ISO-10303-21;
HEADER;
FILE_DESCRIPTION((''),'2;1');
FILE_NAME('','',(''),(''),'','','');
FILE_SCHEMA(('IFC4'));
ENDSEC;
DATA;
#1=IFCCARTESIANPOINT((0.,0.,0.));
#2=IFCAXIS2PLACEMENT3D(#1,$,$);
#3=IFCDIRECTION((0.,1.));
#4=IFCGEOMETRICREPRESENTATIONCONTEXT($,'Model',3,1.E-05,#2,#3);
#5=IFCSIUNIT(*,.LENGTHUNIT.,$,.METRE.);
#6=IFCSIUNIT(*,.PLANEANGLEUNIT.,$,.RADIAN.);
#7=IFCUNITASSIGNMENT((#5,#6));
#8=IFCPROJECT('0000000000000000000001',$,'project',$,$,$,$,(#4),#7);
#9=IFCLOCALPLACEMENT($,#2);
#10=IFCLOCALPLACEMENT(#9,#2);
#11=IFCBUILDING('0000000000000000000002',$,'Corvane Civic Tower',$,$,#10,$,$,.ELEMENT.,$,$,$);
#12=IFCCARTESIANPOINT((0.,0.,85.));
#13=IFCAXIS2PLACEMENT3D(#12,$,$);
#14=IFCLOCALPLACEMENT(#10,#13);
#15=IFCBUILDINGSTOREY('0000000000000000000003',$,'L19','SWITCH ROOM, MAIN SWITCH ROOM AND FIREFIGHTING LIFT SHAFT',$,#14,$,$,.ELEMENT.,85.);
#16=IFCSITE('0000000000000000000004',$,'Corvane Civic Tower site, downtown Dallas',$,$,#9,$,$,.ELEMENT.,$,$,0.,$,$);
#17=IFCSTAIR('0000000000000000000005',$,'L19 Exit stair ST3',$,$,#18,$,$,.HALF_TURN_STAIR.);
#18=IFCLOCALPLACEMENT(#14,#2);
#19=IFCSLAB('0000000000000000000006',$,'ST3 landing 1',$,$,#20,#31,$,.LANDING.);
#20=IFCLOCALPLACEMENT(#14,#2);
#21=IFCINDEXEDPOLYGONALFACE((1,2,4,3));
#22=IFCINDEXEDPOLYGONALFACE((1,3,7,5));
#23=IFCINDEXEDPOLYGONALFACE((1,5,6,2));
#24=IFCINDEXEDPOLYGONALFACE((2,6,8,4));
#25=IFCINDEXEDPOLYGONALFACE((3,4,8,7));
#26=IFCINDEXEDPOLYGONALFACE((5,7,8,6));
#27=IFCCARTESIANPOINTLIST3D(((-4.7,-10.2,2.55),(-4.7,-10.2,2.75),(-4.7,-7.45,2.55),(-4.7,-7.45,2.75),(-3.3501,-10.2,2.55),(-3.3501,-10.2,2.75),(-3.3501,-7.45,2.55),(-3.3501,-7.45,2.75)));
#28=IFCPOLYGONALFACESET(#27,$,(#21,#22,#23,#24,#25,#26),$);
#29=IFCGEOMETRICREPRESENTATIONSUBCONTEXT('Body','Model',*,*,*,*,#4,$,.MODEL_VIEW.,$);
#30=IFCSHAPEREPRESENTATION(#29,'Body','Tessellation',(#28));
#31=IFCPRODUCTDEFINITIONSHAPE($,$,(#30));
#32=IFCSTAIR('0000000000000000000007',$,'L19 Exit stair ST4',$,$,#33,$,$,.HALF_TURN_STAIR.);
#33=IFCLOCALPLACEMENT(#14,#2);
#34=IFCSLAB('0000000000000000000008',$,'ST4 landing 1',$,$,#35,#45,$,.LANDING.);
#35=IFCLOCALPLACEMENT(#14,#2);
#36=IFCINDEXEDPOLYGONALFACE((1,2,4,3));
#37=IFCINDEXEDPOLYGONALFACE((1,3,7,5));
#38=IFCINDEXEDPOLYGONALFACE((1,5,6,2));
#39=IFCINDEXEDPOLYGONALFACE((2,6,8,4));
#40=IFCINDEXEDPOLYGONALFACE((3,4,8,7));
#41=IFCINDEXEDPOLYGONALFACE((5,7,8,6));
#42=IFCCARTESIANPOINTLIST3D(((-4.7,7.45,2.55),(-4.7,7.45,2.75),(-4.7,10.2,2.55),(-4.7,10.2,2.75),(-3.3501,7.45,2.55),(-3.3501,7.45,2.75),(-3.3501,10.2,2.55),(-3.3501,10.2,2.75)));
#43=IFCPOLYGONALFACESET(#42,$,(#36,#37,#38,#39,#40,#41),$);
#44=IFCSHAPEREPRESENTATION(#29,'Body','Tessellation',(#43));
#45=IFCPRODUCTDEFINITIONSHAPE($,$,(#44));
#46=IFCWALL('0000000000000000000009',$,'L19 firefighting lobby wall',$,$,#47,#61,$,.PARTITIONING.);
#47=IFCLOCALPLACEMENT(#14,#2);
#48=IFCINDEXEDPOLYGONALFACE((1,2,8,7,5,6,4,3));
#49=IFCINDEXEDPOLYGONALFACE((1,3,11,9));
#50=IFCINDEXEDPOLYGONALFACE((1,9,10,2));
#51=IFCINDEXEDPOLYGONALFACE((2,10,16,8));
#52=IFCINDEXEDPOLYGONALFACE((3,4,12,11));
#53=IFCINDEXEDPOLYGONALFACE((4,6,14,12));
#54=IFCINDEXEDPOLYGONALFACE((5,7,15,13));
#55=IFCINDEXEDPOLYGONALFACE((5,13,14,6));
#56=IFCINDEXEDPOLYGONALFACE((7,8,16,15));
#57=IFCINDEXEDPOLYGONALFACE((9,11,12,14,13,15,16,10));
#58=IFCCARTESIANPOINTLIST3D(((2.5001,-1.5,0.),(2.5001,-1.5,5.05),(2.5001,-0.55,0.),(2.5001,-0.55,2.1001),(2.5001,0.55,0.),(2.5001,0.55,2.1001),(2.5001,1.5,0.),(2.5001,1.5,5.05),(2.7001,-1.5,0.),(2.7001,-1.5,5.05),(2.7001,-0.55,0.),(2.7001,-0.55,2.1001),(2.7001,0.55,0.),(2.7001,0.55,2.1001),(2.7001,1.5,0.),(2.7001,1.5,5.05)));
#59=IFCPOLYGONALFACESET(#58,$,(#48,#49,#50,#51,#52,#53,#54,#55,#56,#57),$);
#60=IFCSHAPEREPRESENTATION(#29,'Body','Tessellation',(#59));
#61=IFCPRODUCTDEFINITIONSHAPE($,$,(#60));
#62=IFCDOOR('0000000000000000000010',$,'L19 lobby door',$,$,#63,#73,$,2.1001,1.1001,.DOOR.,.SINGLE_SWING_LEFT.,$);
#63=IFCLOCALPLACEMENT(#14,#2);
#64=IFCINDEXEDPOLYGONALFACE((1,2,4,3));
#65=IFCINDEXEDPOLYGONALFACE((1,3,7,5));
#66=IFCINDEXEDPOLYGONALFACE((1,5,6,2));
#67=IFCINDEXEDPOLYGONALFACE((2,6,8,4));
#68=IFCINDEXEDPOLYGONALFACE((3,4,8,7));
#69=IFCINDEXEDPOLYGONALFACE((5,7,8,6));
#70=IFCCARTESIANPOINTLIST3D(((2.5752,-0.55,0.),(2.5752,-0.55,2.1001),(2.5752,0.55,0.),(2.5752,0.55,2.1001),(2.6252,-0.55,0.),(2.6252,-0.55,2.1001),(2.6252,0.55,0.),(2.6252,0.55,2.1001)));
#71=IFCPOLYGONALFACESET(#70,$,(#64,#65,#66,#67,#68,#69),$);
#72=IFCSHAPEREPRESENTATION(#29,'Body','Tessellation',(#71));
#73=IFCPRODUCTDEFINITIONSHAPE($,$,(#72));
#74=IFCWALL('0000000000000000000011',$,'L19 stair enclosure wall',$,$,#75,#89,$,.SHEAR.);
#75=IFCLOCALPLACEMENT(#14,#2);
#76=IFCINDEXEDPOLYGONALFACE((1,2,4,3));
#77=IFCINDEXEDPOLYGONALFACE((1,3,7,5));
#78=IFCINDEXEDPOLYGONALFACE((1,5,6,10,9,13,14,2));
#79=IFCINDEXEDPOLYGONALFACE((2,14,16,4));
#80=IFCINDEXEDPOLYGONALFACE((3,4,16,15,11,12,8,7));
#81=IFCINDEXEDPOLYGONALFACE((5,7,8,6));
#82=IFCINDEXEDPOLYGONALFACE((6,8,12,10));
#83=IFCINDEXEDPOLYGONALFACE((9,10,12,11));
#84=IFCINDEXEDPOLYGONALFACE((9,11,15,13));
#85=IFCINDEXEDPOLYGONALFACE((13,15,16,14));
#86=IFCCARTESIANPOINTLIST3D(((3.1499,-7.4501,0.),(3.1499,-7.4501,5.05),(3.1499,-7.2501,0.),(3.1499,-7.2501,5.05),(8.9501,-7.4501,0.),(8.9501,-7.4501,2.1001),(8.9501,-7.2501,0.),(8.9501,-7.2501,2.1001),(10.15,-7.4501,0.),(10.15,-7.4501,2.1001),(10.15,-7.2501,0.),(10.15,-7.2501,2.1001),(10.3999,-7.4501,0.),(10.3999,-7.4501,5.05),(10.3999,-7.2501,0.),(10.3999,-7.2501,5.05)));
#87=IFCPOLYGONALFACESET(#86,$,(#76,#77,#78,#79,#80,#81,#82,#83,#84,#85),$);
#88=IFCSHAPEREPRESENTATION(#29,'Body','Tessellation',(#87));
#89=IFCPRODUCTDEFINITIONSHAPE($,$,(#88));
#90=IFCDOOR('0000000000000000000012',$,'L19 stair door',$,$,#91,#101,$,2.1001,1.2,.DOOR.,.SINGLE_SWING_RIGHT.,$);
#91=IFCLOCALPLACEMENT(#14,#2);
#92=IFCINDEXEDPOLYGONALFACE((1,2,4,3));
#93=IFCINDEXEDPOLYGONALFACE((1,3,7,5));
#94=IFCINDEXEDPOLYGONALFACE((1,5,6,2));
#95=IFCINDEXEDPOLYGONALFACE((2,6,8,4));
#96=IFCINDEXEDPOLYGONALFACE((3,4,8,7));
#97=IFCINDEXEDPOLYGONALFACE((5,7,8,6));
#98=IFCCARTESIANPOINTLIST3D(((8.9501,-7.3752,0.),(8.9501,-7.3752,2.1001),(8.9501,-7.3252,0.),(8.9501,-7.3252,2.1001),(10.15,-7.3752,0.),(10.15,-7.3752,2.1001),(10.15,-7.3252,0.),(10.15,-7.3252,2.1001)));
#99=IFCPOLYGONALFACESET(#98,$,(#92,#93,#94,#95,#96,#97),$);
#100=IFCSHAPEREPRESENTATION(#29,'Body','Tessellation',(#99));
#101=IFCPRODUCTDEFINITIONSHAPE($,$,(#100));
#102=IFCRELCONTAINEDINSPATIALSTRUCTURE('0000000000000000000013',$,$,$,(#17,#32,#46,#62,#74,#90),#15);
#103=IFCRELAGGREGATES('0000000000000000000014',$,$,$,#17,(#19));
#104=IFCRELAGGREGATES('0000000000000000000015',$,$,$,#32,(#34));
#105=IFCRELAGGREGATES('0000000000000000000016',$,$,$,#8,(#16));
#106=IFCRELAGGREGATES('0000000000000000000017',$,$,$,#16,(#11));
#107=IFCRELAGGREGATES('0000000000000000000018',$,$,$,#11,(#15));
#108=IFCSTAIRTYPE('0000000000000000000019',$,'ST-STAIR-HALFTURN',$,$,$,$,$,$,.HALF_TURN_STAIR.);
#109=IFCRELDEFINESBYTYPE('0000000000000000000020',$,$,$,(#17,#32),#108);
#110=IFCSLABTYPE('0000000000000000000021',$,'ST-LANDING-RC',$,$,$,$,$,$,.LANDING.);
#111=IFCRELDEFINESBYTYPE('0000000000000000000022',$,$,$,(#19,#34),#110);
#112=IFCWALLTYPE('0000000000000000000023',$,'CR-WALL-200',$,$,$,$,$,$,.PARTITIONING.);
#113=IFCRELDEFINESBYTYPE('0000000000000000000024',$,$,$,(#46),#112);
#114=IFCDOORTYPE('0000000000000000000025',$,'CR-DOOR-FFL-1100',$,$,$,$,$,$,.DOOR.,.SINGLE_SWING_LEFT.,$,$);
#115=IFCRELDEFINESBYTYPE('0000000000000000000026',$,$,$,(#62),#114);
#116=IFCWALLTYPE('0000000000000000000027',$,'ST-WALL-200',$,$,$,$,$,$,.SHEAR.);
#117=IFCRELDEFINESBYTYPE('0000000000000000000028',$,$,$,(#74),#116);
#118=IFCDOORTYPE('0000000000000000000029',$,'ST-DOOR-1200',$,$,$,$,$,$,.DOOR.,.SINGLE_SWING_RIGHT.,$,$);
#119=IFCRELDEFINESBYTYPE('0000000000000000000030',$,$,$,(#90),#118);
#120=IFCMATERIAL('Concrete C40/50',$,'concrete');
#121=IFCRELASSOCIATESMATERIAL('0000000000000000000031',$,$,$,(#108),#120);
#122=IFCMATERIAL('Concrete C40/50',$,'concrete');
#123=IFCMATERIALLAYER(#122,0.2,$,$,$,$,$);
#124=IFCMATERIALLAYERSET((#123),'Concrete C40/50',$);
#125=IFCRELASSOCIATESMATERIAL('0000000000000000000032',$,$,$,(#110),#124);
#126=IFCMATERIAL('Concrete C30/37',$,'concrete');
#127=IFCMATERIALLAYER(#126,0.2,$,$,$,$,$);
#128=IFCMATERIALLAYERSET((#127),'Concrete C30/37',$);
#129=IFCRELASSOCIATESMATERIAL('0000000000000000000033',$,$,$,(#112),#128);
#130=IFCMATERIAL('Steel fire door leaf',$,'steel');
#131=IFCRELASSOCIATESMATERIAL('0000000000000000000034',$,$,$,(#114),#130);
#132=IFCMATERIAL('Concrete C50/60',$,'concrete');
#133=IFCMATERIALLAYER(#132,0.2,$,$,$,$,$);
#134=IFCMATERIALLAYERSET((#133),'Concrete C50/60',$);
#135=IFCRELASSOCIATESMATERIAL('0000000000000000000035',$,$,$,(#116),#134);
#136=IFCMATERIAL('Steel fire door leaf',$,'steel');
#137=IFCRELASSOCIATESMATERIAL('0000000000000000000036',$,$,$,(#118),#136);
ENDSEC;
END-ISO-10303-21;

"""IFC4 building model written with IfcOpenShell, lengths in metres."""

from ifc_helpers import new_model, si_unit, direction, frame, frame_2d, origin, place, context, subcontext, project, spatial, polyline, rectangle, outline, extrude, material, layer, layer_set, type_object, element, fill, aggregate, save


model = new_model("IFC4")

# Units and contexts
model_context = context("Model", 3, precision=1e-05, world=origin(), true_north=direction((0.0, 1.0)))
body_context = subcontext(model_context, "Body", "Model", "MODEL_VIEW")
ifc_project = project(units=[si_unit("LENGTHUNIT", "METRE"), si_unit("PLANEANGLEUNIT", "RADIAN")], contexts=[model_context])

# Site, building, storey
site_placement = place(None, origin())
site = spatial("IfcSite", under=ifc_project, at=site_placement, Name="Corvane Civic Tower site, downtown Dallas", CompositionType="ELEMENT", RefElevation=0.0)
building_placement = place(site_placement, origin())
building = spatial("IfcBuilding", under=site, at=building_placement, Name="Corvane Civic Tower", CompositionType="ELEMENT")
storey_placement = place(building_placement, frame((0.0, 0.0, 85.0)))
storey = spatial("IfcBuildingStorey", under=building, at=storey_placement, Name="L19", Description="SWITCH ROOM, MAIN SWITCH ROOM AND FIREFIGHTING LIFT SHAFT", CompositionType="ELEMENT", Elevation=85.0)

# Stairs, slabs
ifc_material_1 = material(Name="Concrete C40/50", Category="concrete")
stair_type = type_object("IfcStairType", Name="ST-STAIR-HALFTURN", PredefinedType="HALF_TURN_STAIR", material=ifc_material_1)
ifc_material_2 = material(Name="Concrete C40/50", Category="concrete")
ifc_layer_1 = layer(ifc_material_2, 0.2)
ifc_layer_set_1 = layer_set([ifc_layer_1], Name="Concrete C40/50")
slab_type_1 = type_object("IfcSlabType", Name="ST-LANDING-RC", PredefinedType="LANDING", material=ifc_layer_set_1)
stair_1_placement = place(storey_placement, origin())
stair_1 = element("IfcStair", 1, at=stair_1_placement, inside=storey, type_object=stair_type, Name="L19 Exit stair ST3", PredefinedType="HALF_TURN_STAIR")
slab_1_placement = place(storey_placement, frame((0.0, 0.0, 2.55)))
slab_1 = element("IfcSlab", 2, at=slab_1_placement, type_object=slab_type_1, Name="ST3 landing 1", PredefinedType="LANDING", context=body_context, shape_type="SweptSolid", body=[
    extrude(outline(polyline([(-4.7, -10.2), (-3.3501, -10.2), (-3.3501, -7.45), (-4.7, -7.45), (-4.7, -10.2)])), origin(), (0.0, 0.0, 1.0), 0.2),
])
aggregate(stair_1, [slab_1])
stair_2_placement = place(storey_placement, origin())
stair_2 = element("IfcStair", 3, at=stair_2_placement, inside=storey, type_object=stair_type, Name="L19 Exit stair ST4", PredefinedType="HALF_TURN_STAIR")
slab_2_placement = place(storey_placement, frame((0.0, 0.0, 2.55)))
slab_2 = element("IfcSlab", 4, at=slab_2_placement, type_object=slab_type_1, Name="ST4 landing 1", PredefinedType="LANDING", context=body_context, shape_type="SweptSolid", body=[
    extrude(outline(polyline([(-4.7, 7.45), (-3.3501, 7.45), (-3.3501, 10.2), (-4.7, 10.2), (-4.7, 7.45)])), origin(), (0.0, 0.0, 1.0), 0.2),
])
aggregate(stair_2, [slab_2])

# Walls, openings, doors
ifc_material_3 = material(Name="Concrete C30/37", Category="concrete")
ifc_layer_2 = layer(ifc_material_3, 0.2)
ifc_layer_set_2 = layer_set([ifc_layer_2], Name="Concrete C30/37")
wall_type_1 = type_object("IfcWallType", Name="CR-WALL-200", PredefinedType="PARTITIONING", material=ifc_layer_set_2)
wall_1_placement = place(storey_placement, frame((2.6001, -1.5, 0.0), z_axis=(0.0, 0.0, 1.0), x_axis=(0.0, 1.0, 0.0)))
wall_1 = element("IfcWall", 5, at=wall_1_placement, inside=storey, type_object=wall_type_1, Name="L19 firefighting lobby wall", PredefinedType="PARTITIONING", context=body_context, shape_type="SweptSolid", body=[
    extrude(rectangle(XDim=3.0, YDim=0.2, at=frame_2d((1.5, 0.0))), origin(), (0.0, 0.0, 1.0), 5.05),
])
opening_1_placement = place(wall_1_placement, frame((0.95, 0.0, 0.0)))
opening_1 = element("IfcOpeningElement", 6, at=opening_1_placement, cuts=wall_1, PredefinedType="OPENING", context=body_context, shape_type="SweptSolid", body=[
    extrude(rectangle(XDim=1.1001, YDim=2.1001, at=frame_2d((0.55, 1.05))), frame((0.0, 0.1099, 0.0), z_axis=(0.0, -1.0, 0.0), x_axis=(1.0, 0.0, 0.0)), (0.0, 0.0, 1.0), 0.22),
])
ifc_material_4 = material(Name="Steel fire door leaf", Category="steel")
door_type_1 = type_object("IfcDoorType", Name="CR-DOOR-FFL-1100", OperationType="SINGLE_SWING_LEFT", PredefinedType="DOOR", material=ifc_material_4)
door_1_placement = place(opening_1_placement, origin())
door_1 = element("IfcDoor", 7, at=door_1_placement, inside=storey, type_object=door_type_1, Name="L19 lobby door", OperationType="SINGLE_SWING_LEFT", OverallHeight=2.1001, OverallWidth=1.1001, PredefinedType="DOOR", context=body_context, shape_type="SweptSolid", body=[
    extrude(rectangle(XDim=1.1001, YDim=2.1001, at=frame_2d((0.55, 1.05))), frame((0.0, 0.0249, 0.0), z_axis=(0.0, -1.0, 0.0), x_axis=(1.0, 0.0, 0.0)), (0.0, 0.0, 1.0), 0.05),
])
fill(opening_1, door_1)
ifc_material_5 = material(Name="Concrete C50/60", Category="concrete")
ifc_layer_3 = layer(ifc_material_5, 0.2)
ifc_layer_set_3 = layer_set([ifc_layer_3], Name="Concrete C50/60")
wall_type_2 = type_object("IfcWallType", Name="ST-WALL-200", PredefinedType="SHEAR", material=ifc_layer_set_3)
wall_2_placement = place(storey_placement, frame((3.1499, -7.3501, 0.0), z_axis=(0.0, 0.0, 1.0), x_axis=(1.0, 0.0, 0.0)))
wall_2 = element("IfcWall", 8, at=wall_2_placement, inside=storey, type_object=wall_type_2, Name="L19 stair enclosure wall", PredefinedType="SHEAR", context=body_context, shape_type="SweptSolid", body=[
    extrude(rectangle(XDim=7.25, YDim=0.2, at=frame_2d((3.625, 0.0))), origin(), (0.0, 0.0, 1.0), 5.05),
])
opening_2_placement = place(wall_2_placement, frame((5.8, 0.0, 0.0)))
opening_2 = element("IfcOpeningElement", 9, at=opening_2_placement, cuts=wall_2, PredefinedType="OPENING", context=body_context, shape_type="SweptSolid", body=[
    extrude(rectangle(XDim=1.2, YDim=2.1001, at=frame_2d((0.6001, 1.05))), frame((0.0, 0.1099, 0.0), z_axis=(0.0, -1.0, 0.0), x_axis=(1.0, 0.0, 0.0)), (0.0, 0.0, 1.0), 0.22),
])
ifc_material_6 = material(Name="Steel fire door leaf", Category="steel")
door_type_2 = type_object("IfcDoorType", Name="ST-DOOR-1200", OperationType="SINGLE_SWING_RIGHT", PredefinedType="DOOR", material=ifc_material_6)
door_2_placement = place(opening_2_placement, origin())
door_2 = element("IfcDoor", 10, at=door_2_placement, inside=storey, type_object=door_type_2, Name="L19 stair door", OperationType="SINGLE_SWING_RIGHT", OverallHeight=2.1001, OverallWidth=1.2, PredefinedType="DOOR", context=body_context, shape_type="SweptSolid", body=[
    extrude(rectangle(XDim=1.2, YDim=2.1001, at=frame_2d((0.6001, 1.05))), frame((0.0, 0.0249, 0.0), z_axis=(0.0, -1.0, 0.0), x_axis=(1.0, 0.0, 0.0)), (0.0, 0.0, 1.0), 0.05),
])
fill(opening_2, door_2)

save(model, "model.ifc")
